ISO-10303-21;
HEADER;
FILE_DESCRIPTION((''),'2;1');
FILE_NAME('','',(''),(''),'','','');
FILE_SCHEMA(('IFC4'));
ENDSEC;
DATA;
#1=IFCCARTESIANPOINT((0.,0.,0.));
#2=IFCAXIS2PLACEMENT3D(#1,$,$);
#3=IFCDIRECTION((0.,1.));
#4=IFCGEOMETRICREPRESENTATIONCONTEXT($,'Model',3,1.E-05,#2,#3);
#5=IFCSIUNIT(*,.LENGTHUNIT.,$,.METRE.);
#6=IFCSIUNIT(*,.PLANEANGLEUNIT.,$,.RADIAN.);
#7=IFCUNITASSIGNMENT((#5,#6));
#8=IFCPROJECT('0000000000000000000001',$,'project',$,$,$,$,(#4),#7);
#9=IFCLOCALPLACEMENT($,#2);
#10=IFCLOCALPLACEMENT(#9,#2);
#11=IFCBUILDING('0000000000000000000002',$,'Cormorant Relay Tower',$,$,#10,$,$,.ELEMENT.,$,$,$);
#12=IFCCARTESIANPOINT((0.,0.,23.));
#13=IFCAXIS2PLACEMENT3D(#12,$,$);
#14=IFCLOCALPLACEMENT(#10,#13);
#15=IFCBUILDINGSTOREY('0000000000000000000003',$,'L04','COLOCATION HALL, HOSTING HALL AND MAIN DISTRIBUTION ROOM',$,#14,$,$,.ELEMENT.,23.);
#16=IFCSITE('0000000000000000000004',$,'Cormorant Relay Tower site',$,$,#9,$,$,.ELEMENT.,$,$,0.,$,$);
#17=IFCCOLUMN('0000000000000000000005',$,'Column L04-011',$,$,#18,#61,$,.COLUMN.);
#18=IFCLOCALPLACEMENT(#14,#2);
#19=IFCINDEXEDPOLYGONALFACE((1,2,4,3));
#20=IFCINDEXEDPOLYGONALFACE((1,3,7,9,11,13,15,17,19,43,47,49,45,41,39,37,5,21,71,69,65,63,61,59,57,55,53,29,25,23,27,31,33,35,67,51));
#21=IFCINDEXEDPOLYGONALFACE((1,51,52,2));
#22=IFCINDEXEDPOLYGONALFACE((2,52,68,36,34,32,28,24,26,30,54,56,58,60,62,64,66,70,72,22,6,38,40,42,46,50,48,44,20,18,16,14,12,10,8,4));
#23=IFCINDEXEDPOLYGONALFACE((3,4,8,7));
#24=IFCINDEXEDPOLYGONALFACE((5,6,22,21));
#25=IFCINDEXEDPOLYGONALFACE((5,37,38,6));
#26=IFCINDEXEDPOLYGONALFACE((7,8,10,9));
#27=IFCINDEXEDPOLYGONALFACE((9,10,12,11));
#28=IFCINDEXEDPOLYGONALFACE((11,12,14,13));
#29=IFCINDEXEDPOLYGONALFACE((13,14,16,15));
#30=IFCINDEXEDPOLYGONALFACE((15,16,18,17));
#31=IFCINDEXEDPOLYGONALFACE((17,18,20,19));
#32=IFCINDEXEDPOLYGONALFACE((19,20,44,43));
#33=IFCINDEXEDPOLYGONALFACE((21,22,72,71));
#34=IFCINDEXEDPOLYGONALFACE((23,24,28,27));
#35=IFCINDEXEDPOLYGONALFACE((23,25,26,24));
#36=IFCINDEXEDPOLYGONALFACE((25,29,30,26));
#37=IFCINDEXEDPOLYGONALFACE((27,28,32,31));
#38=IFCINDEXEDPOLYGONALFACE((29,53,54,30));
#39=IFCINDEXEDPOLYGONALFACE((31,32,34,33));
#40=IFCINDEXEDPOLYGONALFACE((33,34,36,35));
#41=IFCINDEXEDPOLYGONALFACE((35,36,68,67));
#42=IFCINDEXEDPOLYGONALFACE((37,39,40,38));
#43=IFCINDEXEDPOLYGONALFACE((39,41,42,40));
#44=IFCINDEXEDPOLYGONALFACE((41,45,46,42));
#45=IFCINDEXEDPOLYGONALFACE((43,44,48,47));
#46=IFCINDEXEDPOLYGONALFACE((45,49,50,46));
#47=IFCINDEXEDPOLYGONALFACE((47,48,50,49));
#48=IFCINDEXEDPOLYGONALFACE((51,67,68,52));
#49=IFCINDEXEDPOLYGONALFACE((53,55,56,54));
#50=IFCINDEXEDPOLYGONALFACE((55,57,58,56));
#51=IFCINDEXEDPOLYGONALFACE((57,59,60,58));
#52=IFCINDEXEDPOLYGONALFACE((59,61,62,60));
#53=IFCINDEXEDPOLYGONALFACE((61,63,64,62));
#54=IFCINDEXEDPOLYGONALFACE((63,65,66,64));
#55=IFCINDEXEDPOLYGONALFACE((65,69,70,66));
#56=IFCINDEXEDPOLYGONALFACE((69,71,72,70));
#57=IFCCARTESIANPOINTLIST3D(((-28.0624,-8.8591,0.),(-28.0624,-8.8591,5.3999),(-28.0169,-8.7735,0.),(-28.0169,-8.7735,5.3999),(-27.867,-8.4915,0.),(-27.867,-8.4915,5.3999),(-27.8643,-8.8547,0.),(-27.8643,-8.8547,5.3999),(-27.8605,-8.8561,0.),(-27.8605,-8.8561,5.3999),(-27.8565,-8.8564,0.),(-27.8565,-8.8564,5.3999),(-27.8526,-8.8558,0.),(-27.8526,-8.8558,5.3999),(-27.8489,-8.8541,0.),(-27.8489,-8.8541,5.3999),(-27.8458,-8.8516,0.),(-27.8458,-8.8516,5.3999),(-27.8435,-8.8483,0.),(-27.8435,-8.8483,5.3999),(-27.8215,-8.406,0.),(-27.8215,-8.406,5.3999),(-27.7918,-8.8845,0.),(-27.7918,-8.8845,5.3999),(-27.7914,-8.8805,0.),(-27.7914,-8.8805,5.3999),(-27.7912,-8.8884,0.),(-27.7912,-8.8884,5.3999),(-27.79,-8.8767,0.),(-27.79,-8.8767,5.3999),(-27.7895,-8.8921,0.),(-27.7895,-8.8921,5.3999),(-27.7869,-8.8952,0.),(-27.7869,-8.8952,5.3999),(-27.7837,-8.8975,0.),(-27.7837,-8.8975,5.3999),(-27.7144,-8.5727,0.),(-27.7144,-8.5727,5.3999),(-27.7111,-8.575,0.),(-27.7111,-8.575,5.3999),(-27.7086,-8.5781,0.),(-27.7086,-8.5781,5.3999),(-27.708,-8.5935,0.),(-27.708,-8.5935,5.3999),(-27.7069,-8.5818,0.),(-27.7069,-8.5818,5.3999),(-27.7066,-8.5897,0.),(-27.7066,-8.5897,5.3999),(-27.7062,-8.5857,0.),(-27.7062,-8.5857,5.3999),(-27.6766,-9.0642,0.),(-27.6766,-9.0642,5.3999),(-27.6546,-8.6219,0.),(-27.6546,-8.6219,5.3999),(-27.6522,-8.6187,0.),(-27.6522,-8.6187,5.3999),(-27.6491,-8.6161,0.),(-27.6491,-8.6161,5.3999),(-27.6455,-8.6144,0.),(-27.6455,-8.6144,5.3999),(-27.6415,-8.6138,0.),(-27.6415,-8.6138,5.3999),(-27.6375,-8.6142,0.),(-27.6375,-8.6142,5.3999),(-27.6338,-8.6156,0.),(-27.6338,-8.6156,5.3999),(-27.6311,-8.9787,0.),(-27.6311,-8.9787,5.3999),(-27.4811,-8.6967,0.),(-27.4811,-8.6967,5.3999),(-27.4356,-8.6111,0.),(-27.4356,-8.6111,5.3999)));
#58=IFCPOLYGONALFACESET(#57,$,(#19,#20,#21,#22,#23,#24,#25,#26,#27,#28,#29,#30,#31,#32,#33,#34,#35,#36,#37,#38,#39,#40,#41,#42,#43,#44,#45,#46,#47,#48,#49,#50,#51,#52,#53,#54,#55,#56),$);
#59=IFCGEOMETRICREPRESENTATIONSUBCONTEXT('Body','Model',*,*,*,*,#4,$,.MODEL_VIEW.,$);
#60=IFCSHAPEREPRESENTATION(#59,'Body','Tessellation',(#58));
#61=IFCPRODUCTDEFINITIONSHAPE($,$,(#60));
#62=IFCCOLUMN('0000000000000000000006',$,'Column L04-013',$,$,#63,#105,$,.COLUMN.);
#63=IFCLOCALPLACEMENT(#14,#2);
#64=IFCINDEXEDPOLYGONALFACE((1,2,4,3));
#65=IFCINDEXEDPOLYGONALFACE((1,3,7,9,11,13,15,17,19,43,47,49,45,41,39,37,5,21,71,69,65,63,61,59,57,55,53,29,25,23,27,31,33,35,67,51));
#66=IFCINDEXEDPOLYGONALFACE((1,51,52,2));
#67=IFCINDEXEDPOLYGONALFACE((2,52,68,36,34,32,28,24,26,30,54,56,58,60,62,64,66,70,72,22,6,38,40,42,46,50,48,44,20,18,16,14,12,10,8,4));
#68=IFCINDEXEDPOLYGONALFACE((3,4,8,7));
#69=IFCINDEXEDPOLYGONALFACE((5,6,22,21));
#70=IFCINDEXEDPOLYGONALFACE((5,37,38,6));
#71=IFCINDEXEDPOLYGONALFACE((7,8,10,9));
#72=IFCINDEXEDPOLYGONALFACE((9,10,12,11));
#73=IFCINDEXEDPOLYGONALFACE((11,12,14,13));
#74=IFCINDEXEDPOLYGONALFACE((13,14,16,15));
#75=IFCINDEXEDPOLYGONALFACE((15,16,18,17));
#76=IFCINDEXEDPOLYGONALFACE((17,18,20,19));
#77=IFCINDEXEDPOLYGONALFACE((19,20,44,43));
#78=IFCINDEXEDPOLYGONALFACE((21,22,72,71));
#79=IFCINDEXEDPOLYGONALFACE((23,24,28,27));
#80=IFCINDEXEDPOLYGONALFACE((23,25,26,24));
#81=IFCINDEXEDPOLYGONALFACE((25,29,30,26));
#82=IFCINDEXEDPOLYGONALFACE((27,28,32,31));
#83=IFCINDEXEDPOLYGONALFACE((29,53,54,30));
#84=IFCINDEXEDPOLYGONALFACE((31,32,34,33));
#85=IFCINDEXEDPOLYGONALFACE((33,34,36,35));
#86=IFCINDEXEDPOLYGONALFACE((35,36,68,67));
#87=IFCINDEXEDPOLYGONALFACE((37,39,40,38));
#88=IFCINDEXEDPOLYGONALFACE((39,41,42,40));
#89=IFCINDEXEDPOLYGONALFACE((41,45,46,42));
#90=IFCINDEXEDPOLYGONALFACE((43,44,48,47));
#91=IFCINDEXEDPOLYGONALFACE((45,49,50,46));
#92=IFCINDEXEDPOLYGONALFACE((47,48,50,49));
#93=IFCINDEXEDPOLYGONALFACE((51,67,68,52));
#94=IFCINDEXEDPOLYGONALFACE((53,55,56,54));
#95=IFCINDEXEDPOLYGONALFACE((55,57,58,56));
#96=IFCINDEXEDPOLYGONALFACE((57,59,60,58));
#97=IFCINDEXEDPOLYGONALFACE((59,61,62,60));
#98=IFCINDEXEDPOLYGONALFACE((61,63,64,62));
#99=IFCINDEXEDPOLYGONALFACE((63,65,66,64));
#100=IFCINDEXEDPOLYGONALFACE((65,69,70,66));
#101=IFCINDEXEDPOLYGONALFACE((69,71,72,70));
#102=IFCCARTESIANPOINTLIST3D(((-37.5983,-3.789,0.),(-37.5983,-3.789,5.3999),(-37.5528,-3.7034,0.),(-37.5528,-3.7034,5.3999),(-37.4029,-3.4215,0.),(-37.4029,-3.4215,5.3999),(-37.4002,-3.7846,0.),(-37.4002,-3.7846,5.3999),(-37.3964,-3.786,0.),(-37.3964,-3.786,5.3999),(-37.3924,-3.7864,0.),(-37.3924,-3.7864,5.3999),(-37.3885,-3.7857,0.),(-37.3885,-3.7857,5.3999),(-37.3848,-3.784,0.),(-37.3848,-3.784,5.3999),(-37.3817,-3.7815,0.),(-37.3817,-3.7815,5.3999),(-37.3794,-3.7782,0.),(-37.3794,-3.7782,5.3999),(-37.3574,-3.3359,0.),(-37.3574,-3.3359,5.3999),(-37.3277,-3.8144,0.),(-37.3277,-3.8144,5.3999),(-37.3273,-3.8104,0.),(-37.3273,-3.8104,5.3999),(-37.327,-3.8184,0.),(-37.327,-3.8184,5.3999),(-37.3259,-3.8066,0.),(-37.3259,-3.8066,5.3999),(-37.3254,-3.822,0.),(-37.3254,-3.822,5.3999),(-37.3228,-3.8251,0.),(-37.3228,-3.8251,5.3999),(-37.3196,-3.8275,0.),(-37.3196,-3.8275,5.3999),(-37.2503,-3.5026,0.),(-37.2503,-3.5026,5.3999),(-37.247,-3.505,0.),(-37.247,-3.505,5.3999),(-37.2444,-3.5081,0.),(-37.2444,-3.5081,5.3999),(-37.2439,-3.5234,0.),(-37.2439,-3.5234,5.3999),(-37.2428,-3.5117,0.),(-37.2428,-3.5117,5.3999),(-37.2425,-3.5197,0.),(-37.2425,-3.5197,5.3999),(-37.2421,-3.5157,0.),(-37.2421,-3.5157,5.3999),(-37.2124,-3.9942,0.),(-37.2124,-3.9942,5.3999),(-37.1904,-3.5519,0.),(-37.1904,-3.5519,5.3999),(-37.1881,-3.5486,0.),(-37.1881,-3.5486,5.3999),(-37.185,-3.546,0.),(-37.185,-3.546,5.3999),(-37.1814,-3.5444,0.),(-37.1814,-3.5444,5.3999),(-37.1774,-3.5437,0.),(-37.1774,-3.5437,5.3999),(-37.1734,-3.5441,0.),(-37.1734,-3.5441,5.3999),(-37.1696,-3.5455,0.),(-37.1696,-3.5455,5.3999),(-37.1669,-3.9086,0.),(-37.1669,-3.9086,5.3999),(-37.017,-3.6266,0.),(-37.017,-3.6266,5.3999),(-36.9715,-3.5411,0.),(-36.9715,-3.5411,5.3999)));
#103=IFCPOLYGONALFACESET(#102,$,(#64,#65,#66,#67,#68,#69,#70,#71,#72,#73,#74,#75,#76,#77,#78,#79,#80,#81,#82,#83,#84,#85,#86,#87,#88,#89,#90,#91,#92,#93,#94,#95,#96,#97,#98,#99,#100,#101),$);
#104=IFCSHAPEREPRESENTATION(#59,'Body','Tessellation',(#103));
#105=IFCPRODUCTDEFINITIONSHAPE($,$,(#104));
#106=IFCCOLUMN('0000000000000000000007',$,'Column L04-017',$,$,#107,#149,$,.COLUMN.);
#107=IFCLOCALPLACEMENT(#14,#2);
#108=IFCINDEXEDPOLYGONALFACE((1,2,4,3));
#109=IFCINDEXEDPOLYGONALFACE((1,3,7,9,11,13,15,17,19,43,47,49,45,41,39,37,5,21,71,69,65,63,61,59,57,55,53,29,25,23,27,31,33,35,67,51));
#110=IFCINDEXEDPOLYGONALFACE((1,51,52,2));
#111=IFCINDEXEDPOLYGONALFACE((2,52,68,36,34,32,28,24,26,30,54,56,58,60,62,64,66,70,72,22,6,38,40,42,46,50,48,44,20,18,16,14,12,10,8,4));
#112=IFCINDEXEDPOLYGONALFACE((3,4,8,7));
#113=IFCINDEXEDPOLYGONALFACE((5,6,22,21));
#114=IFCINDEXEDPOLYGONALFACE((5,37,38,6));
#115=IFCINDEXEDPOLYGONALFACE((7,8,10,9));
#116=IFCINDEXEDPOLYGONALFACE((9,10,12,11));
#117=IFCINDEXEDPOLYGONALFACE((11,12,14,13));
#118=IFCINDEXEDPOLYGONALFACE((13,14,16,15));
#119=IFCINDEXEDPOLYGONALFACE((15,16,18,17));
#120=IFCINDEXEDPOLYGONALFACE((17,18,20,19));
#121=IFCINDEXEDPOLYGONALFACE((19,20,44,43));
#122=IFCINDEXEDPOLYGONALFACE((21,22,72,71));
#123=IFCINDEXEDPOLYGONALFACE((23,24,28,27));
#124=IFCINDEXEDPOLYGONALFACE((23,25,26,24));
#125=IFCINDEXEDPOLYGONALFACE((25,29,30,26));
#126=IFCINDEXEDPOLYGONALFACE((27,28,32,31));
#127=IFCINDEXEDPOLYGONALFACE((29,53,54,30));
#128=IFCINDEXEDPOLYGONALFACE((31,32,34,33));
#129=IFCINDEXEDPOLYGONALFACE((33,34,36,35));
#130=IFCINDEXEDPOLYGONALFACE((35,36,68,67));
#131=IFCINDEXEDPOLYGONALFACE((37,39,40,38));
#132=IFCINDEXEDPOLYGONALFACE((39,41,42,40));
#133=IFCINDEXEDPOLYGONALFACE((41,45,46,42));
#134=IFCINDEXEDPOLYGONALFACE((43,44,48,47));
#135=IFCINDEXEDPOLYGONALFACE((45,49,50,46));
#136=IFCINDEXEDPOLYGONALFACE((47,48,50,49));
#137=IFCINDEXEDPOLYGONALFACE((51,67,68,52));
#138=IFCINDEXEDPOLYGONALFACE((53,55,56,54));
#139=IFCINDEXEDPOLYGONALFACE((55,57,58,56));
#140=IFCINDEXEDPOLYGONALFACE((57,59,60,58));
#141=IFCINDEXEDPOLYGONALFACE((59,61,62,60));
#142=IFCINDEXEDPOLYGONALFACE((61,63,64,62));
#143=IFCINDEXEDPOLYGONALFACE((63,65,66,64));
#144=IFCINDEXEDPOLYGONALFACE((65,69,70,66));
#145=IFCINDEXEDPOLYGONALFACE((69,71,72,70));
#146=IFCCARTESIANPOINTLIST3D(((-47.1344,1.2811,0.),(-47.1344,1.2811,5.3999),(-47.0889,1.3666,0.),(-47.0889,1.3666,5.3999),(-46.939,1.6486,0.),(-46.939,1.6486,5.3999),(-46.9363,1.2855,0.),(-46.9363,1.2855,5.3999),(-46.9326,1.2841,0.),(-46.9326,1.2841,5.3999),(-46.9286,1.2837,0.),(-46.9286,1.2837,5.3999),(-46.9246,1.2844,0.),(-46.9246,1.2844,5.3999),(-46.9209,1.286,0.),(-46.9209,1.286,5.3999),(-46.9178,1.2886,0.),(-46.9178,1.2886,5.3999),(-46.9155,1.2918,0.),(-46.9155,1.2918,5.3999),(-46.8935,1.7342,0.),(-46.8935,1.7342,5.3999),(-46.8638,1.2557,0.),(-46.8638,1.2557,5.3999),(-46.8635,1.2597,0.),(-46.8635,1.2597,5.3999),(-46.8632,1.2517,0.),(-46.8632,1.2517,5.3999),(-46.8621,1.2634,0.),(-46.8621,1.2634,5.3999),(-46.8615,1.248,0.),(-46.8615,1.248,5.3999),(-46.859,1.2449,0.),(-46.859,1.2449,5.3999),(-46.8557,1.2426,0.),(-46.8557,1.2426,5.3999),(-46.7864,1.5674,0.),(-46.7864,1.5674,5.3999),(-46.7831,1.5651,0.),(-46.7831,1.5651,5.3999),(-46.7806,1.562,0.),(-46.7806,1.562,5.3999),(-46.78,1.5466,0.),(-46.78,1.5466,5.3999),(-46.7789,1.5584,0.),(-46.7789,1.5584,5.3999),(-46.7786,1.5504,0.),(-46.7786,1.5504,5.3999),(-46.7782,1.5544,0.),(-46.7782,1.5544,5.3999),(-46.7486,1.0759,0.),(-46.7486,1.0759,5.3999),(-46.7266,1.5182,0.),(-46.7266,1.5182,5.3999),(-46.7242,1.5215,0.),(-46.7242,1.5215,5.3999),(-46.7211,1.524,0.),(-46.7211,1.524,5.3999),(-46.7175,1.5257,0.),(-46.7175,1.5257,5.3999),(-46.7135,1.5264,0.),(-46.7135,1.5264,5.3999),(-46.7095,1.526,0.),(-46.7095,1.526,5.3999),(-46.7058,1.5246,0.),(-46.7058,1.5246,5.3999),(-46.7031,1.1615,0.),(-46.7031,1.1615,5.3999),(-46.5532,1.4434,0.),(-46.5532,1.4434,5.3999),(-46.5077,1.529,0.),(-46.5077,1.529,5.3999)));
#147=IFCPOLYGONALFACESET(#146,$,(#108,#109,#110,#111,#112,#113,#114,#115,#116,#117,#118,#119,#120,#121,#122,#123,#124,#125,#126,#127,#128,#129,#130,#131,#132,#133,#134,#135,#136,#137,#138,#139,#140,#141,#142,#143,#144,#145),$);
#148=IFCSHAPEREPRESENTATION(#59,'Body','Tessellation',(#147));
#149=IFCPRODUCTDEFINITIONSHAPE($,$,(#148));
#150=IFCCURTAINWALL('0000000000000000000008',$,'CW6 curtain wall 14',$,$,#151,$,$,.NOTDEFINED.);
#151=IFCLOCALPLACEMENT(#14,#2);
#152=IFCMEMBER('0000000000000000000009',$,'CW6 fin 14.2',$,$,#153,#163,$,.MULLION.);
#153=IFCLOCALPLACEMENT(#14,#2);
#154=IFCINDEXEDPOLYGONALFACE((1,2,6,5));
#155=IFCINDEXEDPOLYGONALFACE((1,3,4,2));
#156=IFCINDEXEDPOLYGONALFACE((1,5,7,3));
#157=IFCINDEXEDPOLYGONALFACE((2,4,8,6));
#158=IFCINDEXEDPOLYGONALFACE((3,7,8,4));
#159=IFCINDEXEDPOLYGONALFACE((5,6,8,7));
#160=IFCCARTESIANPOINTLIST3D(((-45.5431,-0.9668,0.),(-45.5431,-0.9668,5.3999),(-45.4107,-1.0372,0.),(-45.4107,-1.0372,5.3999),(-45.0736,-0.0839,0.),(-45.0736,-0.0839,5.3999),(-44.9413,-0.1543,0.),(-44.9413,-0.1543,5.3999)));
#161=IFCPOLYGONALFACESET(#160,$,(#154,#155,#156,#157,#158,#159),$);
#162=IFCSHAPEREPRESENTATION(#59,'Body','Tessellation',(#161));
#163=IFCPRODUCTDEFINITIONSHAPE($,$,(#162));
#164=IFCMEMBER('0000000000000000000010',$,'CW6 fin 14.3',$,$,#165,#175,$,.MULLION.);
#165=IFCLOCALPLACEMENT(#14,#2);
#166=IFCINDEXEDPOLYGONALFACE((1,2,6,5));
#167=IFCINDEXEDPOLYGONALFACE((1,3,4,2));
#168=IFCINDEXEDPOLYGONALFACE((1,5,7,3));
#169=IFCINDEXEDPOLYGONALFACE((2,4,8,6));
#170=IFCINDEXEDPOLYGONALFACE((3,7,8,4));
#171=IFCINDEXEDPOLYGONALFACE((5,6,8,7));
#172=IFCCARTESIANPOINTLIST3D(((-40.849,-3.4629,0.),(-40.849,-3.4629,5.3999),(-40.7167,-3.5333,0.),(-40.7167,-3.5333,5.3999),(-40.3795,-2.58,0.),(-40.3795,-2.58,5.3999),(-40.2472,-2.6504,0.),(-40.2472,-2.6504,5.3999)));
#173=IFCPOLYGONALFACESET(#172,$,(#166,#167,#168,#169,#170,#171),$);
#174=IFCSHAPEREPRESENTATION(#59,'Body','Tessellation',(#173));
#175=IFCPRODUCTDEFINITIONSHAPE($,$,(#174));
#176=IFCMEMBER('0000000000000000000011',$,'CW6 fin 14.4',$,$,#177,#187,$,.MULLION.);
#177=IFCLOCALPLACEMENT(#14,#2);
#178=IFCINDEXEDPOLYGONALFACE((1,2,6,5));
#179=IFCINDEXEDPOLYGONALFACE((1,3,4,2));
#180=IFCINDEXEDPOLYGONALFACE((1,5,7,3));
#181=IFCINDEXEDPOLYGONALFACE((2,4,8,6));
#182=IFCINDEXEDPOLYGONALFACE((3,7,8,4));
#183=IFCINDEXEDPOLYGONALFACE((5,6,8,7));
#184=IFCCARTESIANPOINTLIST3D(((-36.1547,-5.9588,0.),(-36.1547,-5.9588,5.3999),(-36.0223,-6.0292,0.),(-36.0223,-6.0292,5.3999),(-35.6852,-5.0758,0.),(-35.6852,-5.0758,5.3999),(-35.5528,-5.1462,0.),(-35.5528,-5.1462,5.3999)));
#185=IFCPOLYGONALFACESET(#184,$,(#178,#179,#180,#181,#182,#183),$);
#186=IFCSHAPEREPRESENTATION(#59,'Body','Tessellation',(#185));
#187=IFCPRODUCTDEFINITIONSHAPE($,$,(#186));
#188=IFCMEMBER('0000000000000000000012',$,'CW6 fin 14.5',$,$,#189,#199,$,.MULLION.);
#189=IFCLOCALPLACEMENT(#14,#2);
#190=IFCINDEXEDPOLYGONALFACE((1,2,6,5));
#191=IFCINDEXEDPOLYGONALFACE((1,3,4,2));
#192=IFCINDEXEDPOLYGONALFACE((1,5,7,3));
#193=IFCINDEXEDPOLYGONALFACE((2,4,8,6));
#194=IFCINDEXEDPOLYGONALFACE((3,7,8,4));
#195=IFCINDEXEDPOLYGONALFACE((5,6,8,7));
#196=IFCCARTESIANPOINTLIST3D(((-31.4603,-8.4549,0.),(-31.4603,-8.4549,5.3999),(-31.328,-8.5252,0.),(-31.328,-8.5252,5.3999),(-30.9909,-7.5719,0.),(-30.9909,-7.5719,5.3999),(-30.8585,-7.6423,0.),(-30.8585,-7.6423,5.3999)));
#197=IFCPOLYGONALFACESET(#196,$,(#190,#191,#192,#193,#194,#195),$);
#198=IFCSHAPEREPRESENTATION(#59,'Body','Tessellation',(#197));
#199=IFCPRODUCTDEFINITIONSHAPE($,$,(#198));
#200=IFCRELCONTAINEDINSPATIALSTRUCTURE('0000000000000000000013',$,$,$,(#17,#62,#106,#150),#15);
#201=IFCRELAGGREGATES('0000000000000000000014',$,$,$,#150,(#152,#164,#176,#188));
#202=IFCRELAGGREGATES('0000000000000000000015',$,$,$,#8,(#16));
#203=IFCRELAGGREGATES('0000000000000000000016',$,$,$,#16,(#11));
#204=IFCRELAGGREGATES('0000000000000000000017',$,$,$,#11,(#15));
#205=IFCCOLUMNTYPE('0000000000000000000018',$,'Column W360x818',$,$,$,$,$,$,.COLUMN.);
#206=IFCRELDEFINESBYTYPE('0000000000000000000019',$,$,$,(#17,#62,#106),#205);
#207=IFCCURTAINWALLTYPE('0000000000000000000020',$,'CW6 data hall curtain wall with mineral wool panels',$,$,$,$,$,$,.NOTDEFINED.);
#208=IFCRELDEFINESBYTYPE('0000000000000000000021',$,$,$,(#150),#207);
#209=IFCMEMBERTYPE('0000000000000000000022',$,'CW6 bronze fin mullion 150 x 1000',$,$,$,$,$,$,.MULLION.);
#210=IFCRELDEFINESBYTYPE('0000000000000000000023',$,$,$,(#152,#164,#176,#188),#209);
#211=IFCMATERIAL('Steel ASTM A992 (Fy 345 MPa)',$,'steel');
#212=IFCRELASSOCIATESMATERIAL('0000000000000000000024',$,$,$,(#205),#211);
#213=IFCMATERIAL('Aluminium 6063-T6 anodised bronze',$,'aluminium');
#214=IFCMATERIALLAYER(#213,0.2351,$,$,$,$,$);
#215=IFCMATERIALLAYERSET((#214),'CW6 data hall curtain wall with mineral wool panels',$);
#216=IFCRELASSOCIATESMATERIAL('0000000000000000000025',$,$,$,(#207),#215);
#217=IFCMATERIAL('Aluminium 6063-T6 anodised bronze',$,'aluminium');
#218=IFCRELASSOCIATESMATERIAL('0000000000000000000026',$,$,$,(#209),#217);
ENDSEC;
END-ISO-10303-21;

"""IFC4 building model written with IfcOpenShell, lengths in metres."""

from ifc_helpers import new_model, si_unit, direction, frame, origin, origin_2d, place, context, subcontext, project, spatial, rectangle, i_section, extrude, material, layer, layer_set, material_profile, profile_set, type_object, element, aggregate, save


model = new_model("IFC4")

# Units and contexts
model_context = context("Model", 3, precision=1e-05, world=origin(), true_north=direction((0.0, 1.0)))
body_context = subcontext(model_context, "Body", "Model", "MODEL_VIEW")
ifc_project = project(units=[si_unit("LENGTHUNIT", "METRE"), si_unit("PLANEANGLEUNIT", "RADIAN")], contexts=[model_context])

# Site, building, storey
site_placement = place(None, origin())
site = spatial("IfcSite", under=ifc_project, at=site_placement, Name="Cormorant Relay Tower site", CompositionType="ELEMENT", RefElevation=0.0)
building_placement = place(site_placement, origin())
building = spatial("IfcBuilding", under=site, at=building_placement, Name="Cormorant Relay Tower", CompositionType="ELEMENT")
storey_placement = place(building_placement, frame((0.0, 0.0, 23.0)))
storey = spatial("IfcBuildingStorey", under=building, at=storey_placement, Name="L04", Description="COLOCATION HALL, HOSTING HALL AND MAIN DISTRIBUTION ROOM", CompositionType="ELEMENT", Elevation=23.0)

# Columns
ifc_material_1 = material(Name="Steel ASTM A992 (Fy 345 MPa)", Category="steel")
ifc_material_profile_1 = material_profile(ifc_material_1, i_section(OverallWidth=0.437, OverallDepth=0.5132, WebThickness=0.0605, FlangeThickness=0.0969, FilletRadius=0.0154, at=origin_2d()), Name="W360x818")
ifc_profile_set_1 = profile_set([ifc_material_profile_1], Name="Steel ASTM A992 (Fy 345 MPa)")
column_type = type_object("IfcColumnType", Name="Column W360x818", PredefinedType="COLUMN", material=ifc_profile_set_1)
for number, where, z_axis, x_axis, name in (
    (1, (-27.749, -8.7351, 0.0), (0.0, 0.0, 1.0), (0.882948, -0.469472, 0.0), "Column L04-011"),
    (2, (-37.2849, -3.665, 0.0), (0.0, 0.0, 1.0), (0.882948, -0.469472, 0.0), "Column L04-013"),
    (3, (-46.821, 1.405, 0.0), (0.0, 0.0, 1.0), (0.882948, -0.469472, 0.0), "Column L04-017"),
):
    element("IfcColumn", number, at=place(storey_placement, frame(where, z_axis=z_axis, x_axis=x_axis)), inside=storey, type_object=column_type, Name=name, PredefinedType="COLUMN", context=body_context, shape_type="SweptSolid", body=[
        extrude(i_section(OverallWidth=0.437, OverallDepth=0.5132, WebThickness=0.0605, FlangeThickness=0.0969, FilletRadius=0.0154, at=origin_2d()), origin(), (0.0, 0.0, 1.0), 5.3999),
    ])

# Curtain wall, members
ifc_material_2 = material(Name="Aluminium 6063-T6 anodised bronze", Category="aluminium")
ifc_layer_1 = layer(ifc_material_2, 0.2351)
ifc_layer_set_1 = layer_set([ifc_layer_1], Name="CW6 data hall curtain wall with mineral wool panels")
curtain_wall_type = type_object("IfcCurtainWallType", Name="CW6 data hall curtain wall with mineral wool panels", PredefinedType="NOTDEFINED", material=ifc_layer_set_1)
curtain_wall_placement = place(storey_placement, origin())
curtain_wall = element("IfcCurtainWall", 4, at=curtain_wall_placement, inside=storey, type_object=curtain_wall_type, Name="CW6 curtain wall 14", PredefinedType="NOTDEFINED")
ifc_material_3 = material(Name="Aluminium 6063-T6 anodised bronze", Category="aluminium")
ifc_material_profile_2 = material_profile(ifc_material_3, rectangle(XDim=0.1499, YDim=1.0, at=origin_2d()), Name="AL 150x1000")
ifc_profile_set_2 = profile_set([ifc_material_profile_2], Name="Aluminium 6063-T6 anodised bronze")
member_type = type_object("IfcMemberType", Name="CW6 bronze fin mullion 150 x 1000", PredefinedType="MULLION", material=ifc_profile_set_2)
member_1_placement = place(storey_placement, frame((-45.2422, -0.5605, 0.0), z_axis=(0.0, 0.0, 1.0), x_axis=(0.882948, -0.469472, 0.0)))
member_1 = element("IfcMember", 5, at=member_1_placement, type_object=member_type, Name="CW6 fin 14.2", PredefinedType="MULLION", context=body_context, shape_type="SweptSolid", body=[
    extrude(rectangle(XDim=0.1499, YDim=1.0, at=origin_2d()), origin(), (0.0, 0.0, 1.0), 5.3999),
])
member_2_placement = place(storey_placement, frame((-40.5481, -3.0566, 0.0), z_axis=(0.0, 0.0, 1.0), x_axis=(0.882948, -0.469472, 0.0)))
member_2 = element("IfcMember", 6, at=member_2_placement, type_object=member_type, Name="CW6 fin 14.3", PredefinedType="MULLION", context=body_context, shape_type="SweptSolid", body=[
    extrude(rectangle(XDim=0.1499, YDim=1.0, at=origin_2d()), origin(), (0.0, 0.0, 1.0), 5.3999),
])
member_3_placement = place(storey_placement, frame((-35.8538, -5.5525, 0.0), z_axis=(0.0, 0.0, 1.0), x_axis=(0.882948, -0.469472, 0.0)))
member_3 = element("IfcMember", 7, at=member_3_placement, type_object=member_type, Name="CW6 fin 14.4", PredefinedType="MULLION", context=body_context, shape_type="SweptSolid", body=[
    extrude(rectangle(XDim=0.1499, YDim=1.0, at=origin_2d()), origin(), (0.0, 0.0, 1.0), 5.3999),
])
member_4_placement = place(storey_placement, frame((-31.1594, -8.0486, 0.0), z_axis=(0.0, 0.0, 1.0), x_axis=(0.882948, -0.469472, 0.0)))
member_4 = element("IfcMember", 8, at=member_4_placement, type_object=member_type, Name="CW6 fin 14.5", PredefinedType="MULLION", context=body_context, shape_type="SweptSolid", body=[
    extrude(rectangle(XDim=0.1499, YDim=1.0, at=origin_2d()), origin(), (0.0, 0.0, 1.0), 5.3999),
])

aggregate(curtain_wall, [member_1, member_2, member_3, member_4])

save(model, "model.ifc")
